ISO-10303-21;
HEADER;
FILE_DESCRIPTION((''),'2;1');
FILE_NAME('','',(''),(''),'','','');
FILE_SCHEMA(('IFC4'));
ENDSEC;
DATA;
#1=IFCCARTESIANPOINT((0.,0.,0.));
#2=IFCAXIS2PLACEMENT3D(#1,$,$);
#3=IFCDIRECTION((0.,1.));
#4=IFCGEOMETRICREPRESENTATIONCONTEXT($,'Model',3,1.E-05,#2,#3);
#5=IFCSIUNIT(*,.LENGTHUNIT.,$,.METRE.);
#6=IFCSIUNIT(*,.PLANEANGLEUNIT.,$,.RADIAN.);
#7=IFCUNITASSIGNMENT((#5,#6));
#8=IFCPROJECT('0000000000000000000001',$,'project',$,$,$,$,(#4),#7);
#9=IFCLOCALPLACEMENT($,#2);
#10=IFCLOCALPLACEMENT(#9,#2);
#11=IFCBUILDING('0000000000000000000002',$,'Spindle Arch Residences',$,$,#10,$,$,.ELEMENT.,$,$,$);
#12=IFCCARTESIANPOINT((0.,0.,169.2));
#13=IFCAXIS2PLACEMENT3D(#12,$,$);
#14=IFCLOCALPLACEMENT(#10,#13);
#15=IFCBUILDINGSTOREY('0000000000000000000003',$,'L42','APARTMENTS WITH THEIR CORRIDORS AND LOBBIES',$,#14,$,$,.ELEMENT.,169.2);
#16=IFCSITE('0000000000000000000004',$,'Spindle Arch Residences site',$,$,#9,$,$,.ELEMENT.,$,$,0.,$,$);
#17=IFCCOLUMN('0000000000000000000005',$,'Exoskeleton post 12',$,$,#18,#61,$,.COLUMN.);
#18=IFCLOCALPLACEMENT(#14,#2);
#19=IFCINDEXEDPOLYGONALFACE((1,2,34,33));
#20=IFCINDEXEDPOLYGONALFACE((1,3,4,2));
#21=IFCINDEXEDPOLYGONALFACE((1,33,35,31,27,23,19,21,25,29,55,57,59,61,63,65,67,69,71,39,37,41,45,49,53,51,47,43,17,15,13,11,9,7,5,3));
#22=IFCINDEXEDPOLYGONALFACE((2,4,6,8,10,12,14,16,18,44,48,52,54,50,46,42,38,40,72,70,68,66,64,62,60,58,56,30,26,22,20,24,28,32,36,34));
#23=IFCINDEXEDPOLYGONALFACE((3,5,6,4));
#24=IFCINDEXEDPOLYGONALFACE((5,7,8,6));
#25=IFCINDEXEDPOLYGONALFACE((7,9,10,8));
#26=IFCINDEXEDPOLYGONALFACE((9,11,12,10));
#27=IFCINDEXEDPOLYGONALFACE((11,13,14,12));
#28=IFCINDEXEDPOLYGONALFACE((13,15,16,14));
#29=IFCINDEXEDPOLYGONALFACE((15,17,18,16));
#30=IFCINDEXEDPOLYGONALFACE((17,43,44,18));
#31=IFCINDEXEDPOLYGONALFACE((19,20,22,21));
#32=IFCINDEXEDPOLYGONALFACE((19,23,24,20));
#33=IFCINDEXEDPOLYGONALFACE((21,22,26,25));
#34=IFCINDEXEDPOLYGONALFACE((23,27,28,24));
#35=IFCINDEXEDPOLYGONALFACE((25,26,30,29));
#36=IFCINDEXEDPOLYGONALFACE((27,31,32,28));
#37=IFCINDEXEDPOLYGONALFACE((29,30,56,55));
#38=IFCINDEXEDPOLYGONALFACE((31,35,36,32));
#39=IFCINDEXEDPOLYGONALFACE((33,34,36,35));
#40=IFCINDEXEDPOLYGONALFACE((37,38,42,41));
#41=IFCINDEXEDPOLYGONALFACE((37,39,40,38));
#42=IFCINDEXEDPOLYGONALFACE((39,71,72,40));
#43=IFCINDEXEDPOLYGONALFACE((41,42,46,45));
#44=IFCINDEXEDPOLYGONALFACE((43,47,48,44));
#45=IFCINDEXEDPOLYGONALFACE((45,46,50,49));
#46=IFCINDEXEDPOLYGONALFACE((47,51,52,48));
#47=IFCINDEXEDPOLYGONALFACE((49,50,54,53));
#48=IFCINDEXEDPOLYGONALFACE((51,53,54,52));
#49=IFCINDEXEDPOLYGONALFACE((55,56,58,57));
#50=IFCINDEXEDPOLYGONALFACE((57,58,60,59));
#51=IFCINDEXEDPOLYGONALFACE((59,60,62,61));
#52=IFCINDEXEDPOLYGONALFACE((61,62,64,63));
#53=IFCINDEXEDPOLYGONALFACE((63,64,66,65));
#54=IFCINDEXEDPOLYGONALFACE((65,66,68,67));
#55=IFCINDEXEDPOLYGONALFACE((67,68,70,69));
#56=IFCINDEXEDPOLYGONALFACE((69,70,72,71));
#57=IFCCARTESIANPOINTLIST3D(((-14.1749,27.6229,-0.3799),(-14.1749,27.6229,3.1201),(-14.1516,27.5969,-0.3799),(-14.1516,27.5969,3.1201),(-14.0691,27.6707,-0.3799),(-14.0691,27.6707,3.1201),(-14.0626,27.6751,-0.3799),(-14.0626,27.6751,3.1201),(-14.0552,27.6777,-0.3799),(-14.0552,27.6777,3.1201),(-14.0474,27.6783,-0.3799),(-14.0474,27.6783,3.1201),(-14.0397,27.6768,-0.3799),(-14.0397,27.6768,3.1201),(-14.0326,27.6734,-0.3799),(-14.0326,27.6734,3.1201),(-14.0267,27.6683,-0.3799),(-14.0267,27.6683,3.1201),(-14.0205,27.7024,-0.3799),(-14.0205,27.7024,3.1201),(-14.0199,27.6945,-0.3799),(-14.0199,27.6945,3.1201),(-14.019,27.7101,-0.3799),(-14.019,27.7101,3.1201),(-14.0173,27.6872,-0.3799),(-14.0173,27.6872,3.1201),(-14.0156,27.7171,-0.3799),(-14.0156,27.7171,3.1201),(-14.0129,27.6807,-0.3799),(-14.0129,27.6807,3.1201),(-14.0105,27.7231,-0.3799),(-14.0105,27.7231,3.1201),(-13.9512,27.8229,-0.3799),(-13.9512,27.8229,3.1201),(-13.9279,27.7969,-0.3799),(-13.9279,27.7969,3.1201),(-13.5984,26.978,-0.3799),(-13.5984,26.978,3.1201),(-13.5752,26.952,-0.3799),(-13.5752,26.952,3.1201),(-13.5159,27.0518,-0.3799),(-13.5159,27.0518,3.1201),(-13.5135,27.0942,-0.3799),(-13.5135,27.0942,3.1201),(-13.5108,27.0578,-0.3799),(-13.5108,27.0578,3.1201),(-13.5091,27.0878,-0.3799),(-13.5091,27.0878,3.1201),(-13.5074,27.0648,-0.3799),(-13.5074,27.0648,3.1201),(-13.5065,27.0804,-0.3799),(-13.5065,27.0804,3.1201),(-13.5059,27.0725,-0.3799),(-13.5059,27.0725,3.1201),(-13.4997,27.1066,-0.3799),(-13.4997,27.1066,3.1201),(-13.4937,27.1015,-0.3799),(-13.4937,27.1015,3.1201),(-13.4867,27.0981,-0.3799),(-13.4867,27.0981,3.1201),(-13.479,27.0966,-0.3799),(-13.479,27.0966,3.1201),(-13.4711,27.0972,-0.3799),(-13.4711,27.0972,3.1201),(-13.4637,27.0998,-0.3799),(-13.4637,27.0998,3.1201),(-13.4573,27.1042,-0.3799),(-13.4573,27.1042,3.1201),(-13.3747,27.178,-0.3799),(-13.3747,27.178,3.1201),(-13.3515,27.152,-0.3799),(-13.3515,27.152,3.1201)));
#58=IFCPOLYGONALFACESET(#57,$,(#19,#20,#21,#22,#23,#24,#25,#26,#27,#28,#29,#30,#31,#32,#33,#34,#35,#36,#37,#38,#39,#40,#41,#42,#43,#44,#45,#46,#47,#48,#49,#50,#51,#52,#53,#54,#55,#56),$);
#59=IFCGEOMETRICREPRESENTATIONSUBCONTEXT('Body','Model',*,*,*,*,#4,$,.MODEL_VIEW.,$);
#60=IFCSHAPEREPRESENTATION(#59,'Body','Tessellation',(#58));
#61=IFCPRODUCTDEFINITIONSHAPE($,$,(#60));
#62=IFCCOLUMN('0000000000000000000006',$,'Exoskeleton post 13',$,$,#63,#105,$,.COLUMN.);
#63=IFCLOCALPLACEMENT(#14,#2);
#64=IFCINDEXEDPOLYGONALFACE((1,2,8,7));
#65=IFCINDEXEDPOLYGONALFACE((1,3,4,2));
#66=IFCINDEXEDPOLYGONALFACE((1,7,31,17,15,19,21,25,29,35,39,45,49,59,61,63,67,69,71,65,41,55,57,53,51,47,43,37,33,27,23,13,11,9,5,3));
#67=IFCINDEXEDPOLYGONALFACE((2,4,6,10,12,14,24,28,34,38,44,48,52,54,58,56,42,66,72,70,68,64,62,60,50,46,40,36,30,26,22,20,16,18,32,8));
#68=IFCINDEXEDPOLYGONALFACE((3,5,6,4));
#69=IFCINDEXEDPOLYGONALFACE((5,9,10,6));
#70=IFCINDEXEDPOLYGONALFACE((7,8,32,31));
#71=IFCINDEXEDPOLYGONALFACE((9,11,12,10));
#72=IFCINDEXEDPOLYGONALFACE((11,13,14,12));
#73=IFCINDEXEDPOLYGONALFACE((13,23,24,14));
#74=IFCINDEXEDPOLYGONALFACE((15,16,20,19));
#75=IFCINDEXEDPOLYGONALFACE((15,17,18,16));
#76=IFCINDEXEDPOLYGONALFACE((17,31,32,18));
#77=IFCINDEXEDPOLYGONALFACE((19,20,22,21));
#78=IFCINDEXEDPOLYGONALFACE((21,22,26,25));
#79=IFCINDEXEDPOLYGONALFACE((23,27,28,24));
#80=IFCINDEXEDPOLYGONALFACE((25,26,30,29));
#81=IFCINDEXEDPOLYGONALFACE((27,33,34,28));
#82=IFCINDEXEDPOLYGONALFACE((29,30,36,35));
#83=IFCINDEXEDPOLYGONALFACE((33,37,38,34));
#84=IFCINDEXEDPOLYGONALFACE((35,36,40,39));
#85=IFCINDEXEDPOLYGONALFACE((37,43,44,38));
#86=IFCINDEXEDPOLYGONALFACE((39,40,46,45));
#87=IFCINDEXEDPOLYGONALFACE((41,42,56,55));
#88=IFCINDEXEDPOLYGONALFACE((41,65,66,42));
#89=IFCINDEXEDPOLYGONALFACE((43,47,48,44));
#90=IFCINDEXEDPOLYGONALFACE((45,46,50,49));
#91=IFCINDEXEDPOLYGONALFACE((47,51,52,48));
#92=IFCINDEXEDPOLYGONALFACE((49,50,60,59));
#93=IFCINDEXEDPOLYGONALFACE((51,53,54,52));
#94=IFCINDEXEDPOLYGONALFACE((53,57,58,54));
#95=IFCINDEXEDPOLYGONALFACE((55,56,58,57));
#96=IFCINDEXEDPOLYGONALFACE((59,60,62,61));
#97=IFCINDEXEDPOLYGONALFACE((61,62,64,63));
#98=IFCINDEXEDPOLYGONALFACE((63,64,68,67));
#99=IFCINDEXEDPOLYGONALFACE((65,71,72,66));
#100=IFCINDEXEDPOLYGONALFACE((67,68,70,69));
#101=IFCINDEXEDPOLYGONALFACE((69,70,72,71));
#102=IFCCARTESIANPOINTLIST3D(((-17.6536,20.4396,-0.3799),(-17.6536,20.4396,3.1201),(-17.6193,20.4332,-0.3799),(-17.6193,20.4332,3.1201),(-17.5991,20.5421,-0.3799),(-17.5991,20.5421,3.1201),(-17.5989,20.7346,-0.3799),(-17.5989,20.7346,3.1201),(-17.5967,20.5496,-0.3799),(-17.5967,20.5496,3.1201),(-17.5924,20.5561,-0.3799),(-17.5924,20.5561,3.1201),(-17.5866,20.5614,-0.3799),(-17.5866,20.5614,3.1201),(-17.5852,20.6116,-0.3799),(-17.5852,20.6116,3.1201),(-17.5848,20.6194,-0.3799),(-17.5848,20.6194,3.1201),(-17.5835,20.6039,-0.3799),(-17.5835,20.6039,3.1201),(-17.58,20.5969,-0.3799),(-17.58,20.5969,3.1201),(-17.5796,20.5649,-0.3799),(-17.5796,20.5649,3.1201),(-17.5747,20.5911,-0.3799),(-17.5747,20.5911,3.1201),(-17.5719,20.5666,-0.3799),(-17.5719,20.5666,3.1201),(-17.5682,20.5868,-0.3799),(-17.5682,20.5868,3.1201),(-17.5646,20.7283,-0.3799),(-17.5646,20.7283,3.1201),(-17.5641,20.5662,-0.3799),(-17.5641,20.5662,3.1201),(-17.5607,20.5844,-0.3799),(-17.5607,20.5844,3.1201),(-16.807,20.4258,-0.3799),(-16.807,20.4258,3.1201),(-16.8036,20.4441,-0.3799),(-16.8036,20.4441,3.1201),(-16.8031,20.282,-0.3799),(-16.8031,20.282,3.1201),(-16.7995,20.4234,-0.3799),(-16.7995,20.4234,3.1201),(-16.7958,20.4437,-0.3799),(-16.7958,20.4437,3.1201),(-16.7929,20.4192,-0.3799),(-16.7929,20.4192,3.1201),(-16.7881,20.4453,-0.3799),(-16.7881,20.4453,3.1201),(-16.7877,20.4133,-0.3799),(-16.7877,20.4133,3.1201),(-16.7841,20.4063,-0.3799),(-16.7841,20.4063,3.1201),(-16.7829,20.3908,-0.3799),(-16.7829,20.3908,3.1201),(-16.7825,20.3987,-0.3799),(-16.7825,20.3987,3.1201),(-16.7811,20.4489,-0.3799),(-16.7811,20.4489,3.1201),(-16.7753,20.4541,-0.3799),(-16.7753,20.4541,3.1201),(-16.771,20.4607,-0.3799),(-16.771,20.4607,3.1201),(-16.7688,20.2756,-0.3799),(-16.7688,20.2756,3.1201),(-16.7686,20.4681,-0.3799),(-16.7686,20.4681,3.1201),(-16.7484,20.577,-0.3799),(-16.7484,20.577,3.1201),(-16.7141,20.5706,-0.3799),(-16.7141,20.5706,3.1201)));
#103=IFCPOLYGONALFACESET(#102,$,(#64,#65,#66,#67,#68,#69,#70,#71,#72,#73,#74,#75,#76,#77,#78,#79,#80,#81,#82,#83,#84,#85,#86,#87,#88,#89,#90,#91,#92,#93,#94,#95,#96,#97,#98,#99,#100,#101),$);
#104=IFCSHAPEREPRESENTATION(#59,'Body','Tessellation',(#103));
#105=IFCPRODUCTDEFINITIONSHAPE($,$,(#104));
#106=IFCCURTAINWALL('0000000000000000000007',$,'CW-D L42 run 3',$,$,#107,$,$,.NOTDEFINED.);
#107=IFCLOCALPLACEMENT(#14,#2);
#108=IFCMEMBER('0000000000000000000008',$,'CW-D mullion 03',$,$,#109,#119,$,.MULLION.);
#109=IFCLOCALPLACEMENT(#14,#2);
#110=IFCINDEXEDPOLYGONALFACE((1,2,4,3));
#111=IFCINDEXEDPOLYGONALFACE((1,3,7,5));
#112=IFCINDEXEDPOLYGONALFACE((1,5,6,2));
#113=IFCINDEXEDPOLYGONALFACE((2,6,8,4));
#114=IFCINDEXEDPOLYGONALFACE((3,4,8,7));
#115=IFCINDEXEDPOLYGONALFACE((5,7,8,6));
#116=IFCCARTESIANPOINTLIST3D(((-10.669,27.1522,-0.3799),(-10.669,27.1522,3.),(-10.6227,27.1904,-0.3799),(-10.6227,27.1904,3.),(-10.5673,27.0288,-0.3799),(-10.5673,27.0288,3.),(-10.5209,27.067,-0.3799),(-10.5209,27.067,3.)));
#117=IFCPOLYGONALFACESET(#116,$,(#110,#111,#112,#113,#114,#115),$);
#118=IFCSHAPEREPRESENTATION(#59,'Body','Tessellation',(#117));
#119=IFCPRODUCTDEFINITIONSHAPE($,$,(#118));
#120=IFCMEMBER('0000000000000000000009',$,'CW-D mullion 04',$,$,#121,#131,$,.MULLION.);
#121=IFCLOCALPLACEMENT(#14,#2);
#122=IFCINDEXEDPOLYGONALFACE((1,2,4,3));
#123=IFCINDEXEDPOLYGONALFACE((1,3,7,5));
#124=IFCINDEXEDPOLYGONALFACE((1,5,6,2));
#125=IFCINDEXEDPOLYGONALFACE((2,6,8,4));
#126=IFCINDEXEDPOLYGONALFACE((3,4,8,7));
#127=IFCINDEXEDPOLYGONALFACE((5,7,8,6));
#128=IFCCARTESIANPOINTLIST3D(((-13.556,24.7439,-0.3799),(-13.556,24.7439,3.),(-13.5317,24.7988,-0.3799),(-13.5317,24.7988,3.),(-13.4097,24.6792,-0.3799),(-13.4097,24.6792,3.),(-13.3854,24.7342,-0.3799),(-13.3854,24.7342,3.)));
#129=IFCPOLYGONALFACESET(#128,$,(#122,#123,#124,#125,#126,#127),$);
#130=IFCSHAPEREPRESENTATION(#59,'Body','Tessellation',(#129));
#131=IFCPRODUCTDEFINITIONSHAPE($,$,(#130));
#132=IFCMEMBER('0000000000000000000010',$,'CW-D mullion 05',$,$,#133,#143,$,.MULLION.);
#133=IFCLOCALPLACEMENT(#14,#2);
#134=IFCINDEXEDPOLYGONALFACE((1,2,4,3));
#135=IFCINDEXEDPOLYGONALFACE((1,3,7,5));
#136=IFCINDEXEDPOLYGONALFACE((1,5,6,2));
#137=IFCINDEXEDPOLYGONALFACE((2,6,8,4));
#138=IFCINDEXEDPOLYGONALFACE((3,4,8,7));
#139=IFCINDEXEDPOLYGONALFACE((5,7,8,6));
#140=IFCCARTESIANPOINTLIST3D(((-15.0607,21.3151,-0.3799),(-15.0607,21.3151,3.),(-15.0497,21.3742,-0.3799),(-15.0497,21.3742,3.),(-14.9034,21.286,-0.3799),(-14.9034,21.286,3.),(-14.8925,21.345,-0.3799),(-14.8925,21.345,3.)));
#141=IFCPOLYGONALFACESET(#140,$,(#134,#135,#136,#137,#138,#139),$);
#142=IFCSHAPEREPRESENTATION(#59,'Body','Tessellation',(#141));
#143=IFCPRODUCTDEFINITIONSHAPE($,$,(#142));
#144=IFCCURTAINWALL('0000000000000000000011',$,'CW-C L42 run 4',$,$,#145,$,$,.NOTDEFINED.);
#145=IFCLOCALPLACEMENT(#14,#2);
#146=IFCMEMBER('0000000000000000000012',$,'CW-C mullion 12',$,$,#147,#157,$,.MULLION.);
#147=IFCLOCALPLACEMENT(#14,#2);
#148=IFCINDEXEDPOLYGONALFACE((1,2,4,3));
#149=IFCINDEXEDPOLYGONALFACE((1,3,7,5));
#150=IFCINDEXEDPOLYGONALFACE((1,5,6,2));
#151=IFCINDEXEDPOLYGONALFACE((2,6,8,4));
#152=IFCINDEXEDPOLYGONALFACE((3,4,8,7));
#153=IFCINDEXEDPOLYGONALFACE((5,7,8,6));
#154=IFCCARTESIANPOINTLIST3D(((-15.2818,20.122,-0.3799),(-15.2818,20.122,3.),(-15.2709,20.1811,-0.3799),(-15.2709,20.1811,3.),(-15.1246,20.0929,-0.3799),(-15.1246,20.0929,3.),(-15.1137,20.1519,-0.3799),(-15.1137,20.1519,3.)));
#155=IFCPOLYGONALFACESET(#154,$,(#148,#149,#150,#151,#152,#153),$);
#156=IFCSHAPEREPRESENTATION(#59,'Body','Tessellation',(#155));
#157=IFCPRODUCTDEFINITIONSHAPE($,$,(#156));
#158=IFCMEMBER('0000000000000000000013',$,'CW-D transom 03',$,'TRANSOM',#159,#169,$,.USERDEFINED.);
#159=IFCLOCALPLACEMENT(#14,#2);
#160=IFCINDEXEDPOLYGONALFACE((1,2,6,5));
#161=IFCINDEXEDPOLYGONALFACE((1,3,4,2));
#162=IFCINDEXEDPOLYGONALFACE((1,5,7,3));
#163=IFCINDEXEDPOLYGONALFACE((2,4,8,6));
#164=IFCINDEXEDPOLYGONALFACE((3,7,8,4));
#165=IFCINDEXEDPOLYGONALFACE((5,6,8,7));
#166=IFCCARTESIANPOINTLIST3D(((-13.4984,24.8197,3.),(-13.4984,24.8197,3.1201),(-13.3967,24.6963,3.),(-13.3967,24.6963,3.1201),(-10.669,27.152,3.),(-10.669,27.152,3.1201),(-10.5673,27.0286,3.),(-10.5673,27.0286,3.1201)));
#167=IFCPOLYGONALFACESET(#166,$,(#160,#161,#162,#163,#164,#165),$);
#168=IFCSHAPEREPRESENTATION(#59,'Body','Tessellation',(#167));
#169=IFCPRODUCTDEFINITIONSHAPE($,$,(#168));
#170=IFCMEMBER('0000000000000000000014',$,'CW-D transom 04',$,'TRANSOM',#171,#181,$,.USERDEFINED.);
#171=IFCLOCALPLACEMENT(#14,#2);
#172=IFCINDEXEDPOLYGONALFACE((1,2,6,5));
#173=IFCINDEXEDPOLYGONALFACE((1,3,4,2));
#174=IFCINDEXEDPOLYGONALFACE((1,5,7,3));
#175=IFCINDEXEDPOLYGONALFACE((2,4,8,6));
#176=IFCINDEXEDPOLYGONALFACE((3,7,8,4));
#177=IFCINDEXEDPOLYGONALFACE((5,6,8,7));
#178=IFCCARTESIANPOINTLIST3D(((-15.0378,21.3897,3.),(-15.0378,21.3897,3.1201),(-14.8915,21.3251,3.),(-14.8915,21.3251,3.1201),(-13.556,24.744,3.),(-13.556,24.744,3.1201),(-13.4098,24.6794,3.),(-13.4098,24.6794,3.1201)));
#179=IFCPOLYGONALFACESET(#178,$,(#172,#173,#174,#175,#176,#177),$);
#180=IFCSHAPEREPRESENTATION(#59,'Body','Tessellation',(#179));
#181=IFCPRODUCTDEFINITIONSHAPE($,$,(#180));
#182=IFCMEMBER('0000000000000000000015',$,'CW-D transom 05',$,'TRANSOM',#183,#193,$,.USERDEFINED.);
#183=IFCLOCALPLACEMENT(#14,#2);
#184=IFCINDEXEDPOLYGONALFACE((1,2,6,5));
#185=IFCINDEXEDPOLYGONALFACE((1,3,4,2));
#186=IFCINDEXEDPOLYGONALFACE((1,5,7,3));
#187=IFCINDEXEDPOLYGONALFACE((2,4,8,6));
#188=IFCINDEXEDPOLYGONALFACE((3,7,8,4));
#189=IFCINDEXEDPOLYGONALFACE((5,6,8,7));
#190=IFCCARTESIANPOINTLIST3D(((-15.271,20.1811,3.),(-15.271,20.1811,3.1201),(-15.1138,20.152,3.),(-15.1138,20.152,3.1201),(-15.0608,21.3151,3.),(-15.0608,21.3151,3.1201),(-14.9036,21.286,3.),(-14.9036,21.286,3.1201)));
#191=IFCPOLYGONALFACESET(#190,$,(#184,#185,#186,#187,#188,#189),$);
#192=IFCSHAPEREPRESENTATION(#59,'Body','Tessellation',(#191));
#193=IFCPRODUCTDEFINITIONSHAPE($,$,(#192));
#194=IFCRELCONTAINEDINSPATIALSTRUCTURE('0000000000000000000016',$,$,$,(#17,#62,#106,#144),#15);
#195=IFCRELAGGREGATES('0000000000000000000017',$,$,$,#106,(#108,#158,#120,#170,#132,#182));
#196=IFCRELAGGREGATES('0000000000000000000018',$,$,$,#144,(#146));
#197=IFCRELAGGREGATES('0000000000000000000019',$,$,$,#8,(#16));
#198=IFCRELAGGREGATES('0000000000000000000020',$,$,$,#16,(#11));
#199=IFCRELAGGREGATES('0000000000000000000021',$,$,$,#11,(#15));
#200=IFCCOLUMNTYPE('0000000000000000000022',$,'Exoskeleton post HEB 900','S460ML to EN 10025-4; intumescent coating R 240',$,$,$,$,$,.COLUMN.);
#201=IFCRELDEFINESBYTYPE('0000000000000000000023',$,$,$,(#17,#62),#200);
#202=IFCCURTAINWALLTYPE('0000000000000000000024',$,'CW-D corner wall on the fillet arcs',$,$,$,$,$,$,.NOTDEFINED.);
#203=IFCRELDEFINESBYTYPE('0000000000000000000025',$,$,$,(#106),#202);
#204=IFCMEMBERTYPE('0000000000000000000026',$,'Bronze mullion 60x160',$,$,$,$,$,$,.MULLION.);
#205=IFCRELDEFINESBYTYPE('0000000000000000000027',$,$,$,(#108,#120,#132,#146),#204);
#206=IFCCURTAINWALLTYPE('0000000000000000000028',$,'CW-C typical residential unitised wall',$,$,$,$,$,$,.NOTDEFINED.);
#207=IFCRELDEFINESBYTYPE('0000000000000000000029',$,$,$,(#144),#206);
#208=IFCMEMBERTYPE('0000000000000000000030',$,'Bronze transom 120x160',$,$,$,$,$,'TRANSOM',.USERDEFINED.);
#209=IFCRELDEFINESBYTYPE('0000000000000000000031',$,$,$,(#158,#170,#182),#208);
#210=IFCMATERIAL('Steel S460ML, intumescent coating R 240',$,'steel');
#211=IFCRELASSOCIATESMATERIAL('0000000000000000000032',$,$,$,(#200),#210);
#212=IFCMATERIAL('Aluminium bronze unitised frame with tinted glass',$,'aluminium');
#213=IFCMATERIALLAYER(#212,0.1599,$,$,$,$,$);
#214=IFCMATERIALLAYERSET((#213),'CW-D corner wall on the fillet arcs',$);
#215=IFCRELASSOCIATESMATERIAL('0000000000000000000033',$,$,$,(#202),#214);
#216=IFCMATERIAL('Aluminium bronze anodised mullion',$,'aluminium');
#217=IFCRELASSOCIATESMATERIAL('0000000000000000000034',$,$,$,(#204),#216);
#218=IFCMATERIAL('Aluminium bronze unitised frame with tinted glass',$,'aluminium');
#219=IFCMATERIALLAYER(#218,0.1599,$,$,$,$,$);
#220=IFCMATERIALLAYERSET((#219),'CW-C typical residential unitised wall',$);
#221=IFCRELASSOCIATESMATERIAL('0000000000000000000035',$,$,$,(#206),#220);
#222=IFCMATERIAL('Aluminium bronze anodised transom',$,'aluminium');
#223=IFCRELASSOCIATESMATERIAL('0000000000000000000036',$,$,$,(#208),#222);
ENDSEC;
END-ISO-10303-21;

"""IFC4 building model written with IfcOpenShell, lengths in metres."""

from ifc_helpers import new_model, si_unit, direction, frame, origin, origin_2d, place, context, subcontext, project, spatial, rectangle, i_section, extrude, material, layer, layer_set, material_profile, profile_set, type_object, element, aggregate, save


model = new_model("IFC4")

# Units and contexts
model_context = context("Model", 3, precision=1e-05, world=origin(), true_north=direction((0.0, 1.0)))
body_context = subcontext(model_context, "Body", "Model", "MODEL_VIEW")
ifc_project = project(units=[si_unit("LENGTHUNIT", "METRE"), si_unit("PLANEANGLEUNIT", "RADIAN")], contexts=[model_context])

# Site, building, storey
site_placement = place(None, origin())
site = spatial("IfcSite", under=ifc_project, at=site_placement, Name="Spindle Arch Residences site", CompositionType="ELEMENT", RefElevation=0.0)
building_placement = place(site_placement, origin())
building = spatial("IfcBuilding", under=site, at=building_placement, Name="Spindle Arch Residences", CompositionType="ELEMENT")
storey_placement = place(building_placement, frame((0.0, 0.0, 169.2)))
storey = spatial("IfcBuildingStorey", under=building, at=storey_placement, Name="L42", Description="APARTMENTS WITH THEIR CORRIDORS AND LOBBIES", CompositionType="ELEMENT", Elevation=169.2)

# Columns
ifc_material_1 = material(Name="Steel S460ML, intumescent coating R 240", Category="steel")
ifc_material_profile_1 = material_profile(ifc_material_1, i_section(OverallWidth=0.3, OverallDepth=0.8999, WebThickness=0.0186, FlangeThickness=0.0349, FilletRadius=0.03, at=origin_2d()), Name="HEB 900")
ifc_profile_set_1 = profile_set([ifc_material_profile_1], Name="Steel S460ML, intumescent coating R 240")
column_type = type_object("IfcColumnType", Name="Exoskeleton post HEB 900", Description="S460ML to EN 10025-4; intumescent coating R 240", PredefinedType="COLUMN", material=ifc_profile_set_1)
for number, where, z_axis, x_axis, name in (
    (1, (-13.7632, 27.3875, -0.3799), (0.0, 0.0, 1.0), (0.74554, 0.666461, 0.0), "Exoskeleton post 12"),
    (2, (-17.1838, 20.5051, -0.3799), (0.0, 0.0, 1.0), (0.182236, 0.983255, 0.0), "Exoskeleton post 13"),
):
    element("IfcColumn", number, at=place(storey_placement, frame(where, z_axis=z_axis, x_axis=x_axis)), inside=storey, type_object=column_type, Name=name, PredefinedType="COLUMN", context=body_context, shape_type="SweptSolid", body=[
        extrude(i_section(OverallWidth=0.3, OverallDepth=0.8999, WebThickness=0.0186, FlangeThickness=0.0349, FilletRadius=0.03, at=origin_2d()), origin(), (0.0, 0.0, 1.0), 3.5),
    ])

# Curtain wall, members
ifc_material_2 = material(Name="Aluminium bronze unitised frame with tinted glass", Category="aluminium")
ifc_layer_1 = layer(ifc_material_2, 0.1599)
ifc_layer_set_1 = layer_set([ifc_layer_1], Name="CW-D corner wall on the fillet arcs")
curtain_wall_type_1 = type_object("IfcCurtainWallType", Name="CW-D corner wall on the fillet arcs", PredefinedType="NOTDEFINED", material=ifc_layer_set_1)
curtain_wall_1_placement = place(storey_placement, origin())
curtain_wall_1 = element("IfcCurtainWall", 3, at=curtain_wall_1_placement, inside=storey, type_object=curtain_wall_type_1, Name="CW-D L42 run 3", PredefinedType="NOTDEFINED")
ifc_material_3 = material(Name="Aluminium bronze anodised mullion", Category="aluminium")
ifc_material_profile_2 = material_profile(ifc_material_3, rectangle(XDim=0.1599, YDim=0.0601, at=origin_2d()), Name="MU 60x160")
ifc_profile_set_2 = profile_set([ifc_material_profile_2], Name="Aluminium bronze anodised mullion")
member_type_1 = type_object("IfcMemberType", Name="Bronze mullion 60x160", PredefinedType="MULLION", material=ifc_profile_set_2)
member_1_placement = place(storey_placement, frame((-10.595, 27.1096, -0.3799), z_axis=(0.0, 0.0, 1.0), x_axis=(0.636078, -0.771625, 0.0)))
member_1 = element("IfcMember", 4, at=member_1_placement, type_object=member_type_1, Name="CW-D mullion 03", PredefinedType="MULLION", context=body_context, shape_type="SweptSolid", body=[
    extrude(rectangle(XDim=0.1599, YDim=0.0601, at=origin_2d()), origin(), (0.0, 0.0, 1.0), 3.3799),
])
member_2_placement = place(storey_placement, frame((-13.4707, 24.739, -0.3799), z_axis=(0.0, 0.0, 1.0), x_axis=(0.914725, -0.404078, 0.0)))
member_2 = element("IfcMember", 5, at=member_2_placement, type_object=member_type_1, Name="CW-D mullion 04", PredefinedType="MULLION", context=body_context, shape_type="SweptSolid", body=[
    extrude(rectangle(XDim=0.1599, YDim=0.0601, at=origin_2d()), origin(), (0.0, 0.0, 1.0), 3.3799),
])
member_3_placement = place(storey_placement, frame((-14.9766, 21.3301, -0.3799), z_axis=(0.0, 0.0, 1.0), x_axis=(0.983255, -0.182236, 0.0)))
member_3 = element("IfcMember", 6, at=member_3_placement, type_object=member_type_1, Name="CW-D mullion 05", PredefinedType="MULLION", context=body_context, shape_type="SweptSolid", body=[
    extrude(rectangle(XDim=0.1599, YDim=0.0601, at=origin_2d()), origin(), (0.0, 0.0, 1.0), 3.3799),
])

# Curtain wall, member
ifc_material_4 = material(Name="Aluminium bronze unitised frame with tinted glass", Category="aluminium")
ifc_layer_2 = layer(ifc_material_4, 0.1599)
ifc_layer_set_2 = layer_set([ifc_layer_2], Name="CW-C typical residential unitised wall")
curtain_wall_type_2 = type_object("IfcCurtainWallType", Name="CW-C typical residential unitised wall", PredefinedType="NOTDEFINED", material=ifc_layer_set_2)
curtain_wall_2_placement = place(storey_placement, origin())
curtain_wall_2 = element("IfcCurtainWall", 7, at=curtain_wall_2_placement, inside=storey, type_object=curtain_wall_type_2, Name="CW-C L42 run 4", PredefinedType="NOTDEFINED")
member_4_placement = place(storey_placement, frame((-15.1978, 20.137, -0.3799), z_axis=(0.0, 0.0, 1.0), x_axis=(0.983255, -0.182236, 0.0)))
member_4 = element("IfcMember", 8, at=member_4_placement, type_object=member_type_1, Name="CW-C mullion 12", PredefinedType="MULLION", context=body_context, shape_type="SweptSolid", body=[
    extrude(rectangle(XDim=0.1599, YDim=0.0601, at=origin_2d()), origin(), (0.0, 0.0, 1.0), 3.3799),
])

# Members
ifc_material_5 = material(Name="Aluminium bronze anodised transom", Category="aluminium")
ifc_material_profile_3 = material_profile(ifc_material_5, rectangle(XDim=0.1599, YDim=0.1201, at=origin_2d()), Name="TR 120x160")
ifc_profile_set_3 = profile_set([ifc_material_profile_3], Name="Aluminium bronze anodised transom")
member_type_2 = type_object("IfcMemberType", Name="Bronze transom 120x160", ElementType="TRANSOM", PredefinedType="USERDEFINED", material=ifc_profile_set_3)
member_5_placement = place(storey_placement, frame((-10.6182, 27.0903, 3.0601), z_axis=(-0.771632, -0.636069, 0.0), x_axis=(0.636069, -0.771632, 0.0)))
member_5 = element("IfcMember", 9, at=member_5_placement, type_object=member_type_2, Name="CW-D transom 03", ObjectType="TRANSOM", PredefinedType="USERDEFINED", context=body_context, shape_type="SweptSolid", body=[
    extrude(rectangle(XDim=0.1599, YDim=0.1201, at=origin_2d()), origin(), (0.0, 0.0, 1.0), 3.6667),
])
member_6_placement = place(storey_placement, frame((-13.4829, 24.7117, 3.0601), z_axis=(-0.404068, -0.914729, 0.0), x_axis=(0.914729, -0.404068, 0.0)))
member_6 = element("IfcMember", 10, at=member_6_placement, type_object=member_type_2, Name="CW-D transom 04", ObjectType="TRANSOM", PredefinedType="USERDEFINED", context=body_context, shape_type="SweptSolid", body=[
    extrude(rectangle(XDim=0.1599, YDim=0.1201, at=origin_2d()), origin(), (0.0, 0.0, 1.0), 3.667),
])
member_7_placement = place(storey_placement, frame((-14.9822, 21.3005, 3.0601), z_axis=(-0.182256, -0.983251, 0.0), x_axis=(0.983251, -0.182256, 0.0)))
member_7 = element("IfcMember", 11, at=member_7_placement, type_object=member_type_2, Name="CW-D transom 05", ObjectType="TRANSOM", PredefinedType="USERDEFINED", context=body_context, shape_type="SweptSolid", body=[
    extrude(rectangle(XDim=0.1599, YDim=0.1201, at=origin_2d()), origin(), (0.0, 0.0, 1.0), 1.1533),
])

aggregate(curtain_wall_1, [member_1, member_5, member_2, member_6, member_3, member_7])
aggregate(curtain_wall_2, [member_4])

save(model, "model.ifc")
